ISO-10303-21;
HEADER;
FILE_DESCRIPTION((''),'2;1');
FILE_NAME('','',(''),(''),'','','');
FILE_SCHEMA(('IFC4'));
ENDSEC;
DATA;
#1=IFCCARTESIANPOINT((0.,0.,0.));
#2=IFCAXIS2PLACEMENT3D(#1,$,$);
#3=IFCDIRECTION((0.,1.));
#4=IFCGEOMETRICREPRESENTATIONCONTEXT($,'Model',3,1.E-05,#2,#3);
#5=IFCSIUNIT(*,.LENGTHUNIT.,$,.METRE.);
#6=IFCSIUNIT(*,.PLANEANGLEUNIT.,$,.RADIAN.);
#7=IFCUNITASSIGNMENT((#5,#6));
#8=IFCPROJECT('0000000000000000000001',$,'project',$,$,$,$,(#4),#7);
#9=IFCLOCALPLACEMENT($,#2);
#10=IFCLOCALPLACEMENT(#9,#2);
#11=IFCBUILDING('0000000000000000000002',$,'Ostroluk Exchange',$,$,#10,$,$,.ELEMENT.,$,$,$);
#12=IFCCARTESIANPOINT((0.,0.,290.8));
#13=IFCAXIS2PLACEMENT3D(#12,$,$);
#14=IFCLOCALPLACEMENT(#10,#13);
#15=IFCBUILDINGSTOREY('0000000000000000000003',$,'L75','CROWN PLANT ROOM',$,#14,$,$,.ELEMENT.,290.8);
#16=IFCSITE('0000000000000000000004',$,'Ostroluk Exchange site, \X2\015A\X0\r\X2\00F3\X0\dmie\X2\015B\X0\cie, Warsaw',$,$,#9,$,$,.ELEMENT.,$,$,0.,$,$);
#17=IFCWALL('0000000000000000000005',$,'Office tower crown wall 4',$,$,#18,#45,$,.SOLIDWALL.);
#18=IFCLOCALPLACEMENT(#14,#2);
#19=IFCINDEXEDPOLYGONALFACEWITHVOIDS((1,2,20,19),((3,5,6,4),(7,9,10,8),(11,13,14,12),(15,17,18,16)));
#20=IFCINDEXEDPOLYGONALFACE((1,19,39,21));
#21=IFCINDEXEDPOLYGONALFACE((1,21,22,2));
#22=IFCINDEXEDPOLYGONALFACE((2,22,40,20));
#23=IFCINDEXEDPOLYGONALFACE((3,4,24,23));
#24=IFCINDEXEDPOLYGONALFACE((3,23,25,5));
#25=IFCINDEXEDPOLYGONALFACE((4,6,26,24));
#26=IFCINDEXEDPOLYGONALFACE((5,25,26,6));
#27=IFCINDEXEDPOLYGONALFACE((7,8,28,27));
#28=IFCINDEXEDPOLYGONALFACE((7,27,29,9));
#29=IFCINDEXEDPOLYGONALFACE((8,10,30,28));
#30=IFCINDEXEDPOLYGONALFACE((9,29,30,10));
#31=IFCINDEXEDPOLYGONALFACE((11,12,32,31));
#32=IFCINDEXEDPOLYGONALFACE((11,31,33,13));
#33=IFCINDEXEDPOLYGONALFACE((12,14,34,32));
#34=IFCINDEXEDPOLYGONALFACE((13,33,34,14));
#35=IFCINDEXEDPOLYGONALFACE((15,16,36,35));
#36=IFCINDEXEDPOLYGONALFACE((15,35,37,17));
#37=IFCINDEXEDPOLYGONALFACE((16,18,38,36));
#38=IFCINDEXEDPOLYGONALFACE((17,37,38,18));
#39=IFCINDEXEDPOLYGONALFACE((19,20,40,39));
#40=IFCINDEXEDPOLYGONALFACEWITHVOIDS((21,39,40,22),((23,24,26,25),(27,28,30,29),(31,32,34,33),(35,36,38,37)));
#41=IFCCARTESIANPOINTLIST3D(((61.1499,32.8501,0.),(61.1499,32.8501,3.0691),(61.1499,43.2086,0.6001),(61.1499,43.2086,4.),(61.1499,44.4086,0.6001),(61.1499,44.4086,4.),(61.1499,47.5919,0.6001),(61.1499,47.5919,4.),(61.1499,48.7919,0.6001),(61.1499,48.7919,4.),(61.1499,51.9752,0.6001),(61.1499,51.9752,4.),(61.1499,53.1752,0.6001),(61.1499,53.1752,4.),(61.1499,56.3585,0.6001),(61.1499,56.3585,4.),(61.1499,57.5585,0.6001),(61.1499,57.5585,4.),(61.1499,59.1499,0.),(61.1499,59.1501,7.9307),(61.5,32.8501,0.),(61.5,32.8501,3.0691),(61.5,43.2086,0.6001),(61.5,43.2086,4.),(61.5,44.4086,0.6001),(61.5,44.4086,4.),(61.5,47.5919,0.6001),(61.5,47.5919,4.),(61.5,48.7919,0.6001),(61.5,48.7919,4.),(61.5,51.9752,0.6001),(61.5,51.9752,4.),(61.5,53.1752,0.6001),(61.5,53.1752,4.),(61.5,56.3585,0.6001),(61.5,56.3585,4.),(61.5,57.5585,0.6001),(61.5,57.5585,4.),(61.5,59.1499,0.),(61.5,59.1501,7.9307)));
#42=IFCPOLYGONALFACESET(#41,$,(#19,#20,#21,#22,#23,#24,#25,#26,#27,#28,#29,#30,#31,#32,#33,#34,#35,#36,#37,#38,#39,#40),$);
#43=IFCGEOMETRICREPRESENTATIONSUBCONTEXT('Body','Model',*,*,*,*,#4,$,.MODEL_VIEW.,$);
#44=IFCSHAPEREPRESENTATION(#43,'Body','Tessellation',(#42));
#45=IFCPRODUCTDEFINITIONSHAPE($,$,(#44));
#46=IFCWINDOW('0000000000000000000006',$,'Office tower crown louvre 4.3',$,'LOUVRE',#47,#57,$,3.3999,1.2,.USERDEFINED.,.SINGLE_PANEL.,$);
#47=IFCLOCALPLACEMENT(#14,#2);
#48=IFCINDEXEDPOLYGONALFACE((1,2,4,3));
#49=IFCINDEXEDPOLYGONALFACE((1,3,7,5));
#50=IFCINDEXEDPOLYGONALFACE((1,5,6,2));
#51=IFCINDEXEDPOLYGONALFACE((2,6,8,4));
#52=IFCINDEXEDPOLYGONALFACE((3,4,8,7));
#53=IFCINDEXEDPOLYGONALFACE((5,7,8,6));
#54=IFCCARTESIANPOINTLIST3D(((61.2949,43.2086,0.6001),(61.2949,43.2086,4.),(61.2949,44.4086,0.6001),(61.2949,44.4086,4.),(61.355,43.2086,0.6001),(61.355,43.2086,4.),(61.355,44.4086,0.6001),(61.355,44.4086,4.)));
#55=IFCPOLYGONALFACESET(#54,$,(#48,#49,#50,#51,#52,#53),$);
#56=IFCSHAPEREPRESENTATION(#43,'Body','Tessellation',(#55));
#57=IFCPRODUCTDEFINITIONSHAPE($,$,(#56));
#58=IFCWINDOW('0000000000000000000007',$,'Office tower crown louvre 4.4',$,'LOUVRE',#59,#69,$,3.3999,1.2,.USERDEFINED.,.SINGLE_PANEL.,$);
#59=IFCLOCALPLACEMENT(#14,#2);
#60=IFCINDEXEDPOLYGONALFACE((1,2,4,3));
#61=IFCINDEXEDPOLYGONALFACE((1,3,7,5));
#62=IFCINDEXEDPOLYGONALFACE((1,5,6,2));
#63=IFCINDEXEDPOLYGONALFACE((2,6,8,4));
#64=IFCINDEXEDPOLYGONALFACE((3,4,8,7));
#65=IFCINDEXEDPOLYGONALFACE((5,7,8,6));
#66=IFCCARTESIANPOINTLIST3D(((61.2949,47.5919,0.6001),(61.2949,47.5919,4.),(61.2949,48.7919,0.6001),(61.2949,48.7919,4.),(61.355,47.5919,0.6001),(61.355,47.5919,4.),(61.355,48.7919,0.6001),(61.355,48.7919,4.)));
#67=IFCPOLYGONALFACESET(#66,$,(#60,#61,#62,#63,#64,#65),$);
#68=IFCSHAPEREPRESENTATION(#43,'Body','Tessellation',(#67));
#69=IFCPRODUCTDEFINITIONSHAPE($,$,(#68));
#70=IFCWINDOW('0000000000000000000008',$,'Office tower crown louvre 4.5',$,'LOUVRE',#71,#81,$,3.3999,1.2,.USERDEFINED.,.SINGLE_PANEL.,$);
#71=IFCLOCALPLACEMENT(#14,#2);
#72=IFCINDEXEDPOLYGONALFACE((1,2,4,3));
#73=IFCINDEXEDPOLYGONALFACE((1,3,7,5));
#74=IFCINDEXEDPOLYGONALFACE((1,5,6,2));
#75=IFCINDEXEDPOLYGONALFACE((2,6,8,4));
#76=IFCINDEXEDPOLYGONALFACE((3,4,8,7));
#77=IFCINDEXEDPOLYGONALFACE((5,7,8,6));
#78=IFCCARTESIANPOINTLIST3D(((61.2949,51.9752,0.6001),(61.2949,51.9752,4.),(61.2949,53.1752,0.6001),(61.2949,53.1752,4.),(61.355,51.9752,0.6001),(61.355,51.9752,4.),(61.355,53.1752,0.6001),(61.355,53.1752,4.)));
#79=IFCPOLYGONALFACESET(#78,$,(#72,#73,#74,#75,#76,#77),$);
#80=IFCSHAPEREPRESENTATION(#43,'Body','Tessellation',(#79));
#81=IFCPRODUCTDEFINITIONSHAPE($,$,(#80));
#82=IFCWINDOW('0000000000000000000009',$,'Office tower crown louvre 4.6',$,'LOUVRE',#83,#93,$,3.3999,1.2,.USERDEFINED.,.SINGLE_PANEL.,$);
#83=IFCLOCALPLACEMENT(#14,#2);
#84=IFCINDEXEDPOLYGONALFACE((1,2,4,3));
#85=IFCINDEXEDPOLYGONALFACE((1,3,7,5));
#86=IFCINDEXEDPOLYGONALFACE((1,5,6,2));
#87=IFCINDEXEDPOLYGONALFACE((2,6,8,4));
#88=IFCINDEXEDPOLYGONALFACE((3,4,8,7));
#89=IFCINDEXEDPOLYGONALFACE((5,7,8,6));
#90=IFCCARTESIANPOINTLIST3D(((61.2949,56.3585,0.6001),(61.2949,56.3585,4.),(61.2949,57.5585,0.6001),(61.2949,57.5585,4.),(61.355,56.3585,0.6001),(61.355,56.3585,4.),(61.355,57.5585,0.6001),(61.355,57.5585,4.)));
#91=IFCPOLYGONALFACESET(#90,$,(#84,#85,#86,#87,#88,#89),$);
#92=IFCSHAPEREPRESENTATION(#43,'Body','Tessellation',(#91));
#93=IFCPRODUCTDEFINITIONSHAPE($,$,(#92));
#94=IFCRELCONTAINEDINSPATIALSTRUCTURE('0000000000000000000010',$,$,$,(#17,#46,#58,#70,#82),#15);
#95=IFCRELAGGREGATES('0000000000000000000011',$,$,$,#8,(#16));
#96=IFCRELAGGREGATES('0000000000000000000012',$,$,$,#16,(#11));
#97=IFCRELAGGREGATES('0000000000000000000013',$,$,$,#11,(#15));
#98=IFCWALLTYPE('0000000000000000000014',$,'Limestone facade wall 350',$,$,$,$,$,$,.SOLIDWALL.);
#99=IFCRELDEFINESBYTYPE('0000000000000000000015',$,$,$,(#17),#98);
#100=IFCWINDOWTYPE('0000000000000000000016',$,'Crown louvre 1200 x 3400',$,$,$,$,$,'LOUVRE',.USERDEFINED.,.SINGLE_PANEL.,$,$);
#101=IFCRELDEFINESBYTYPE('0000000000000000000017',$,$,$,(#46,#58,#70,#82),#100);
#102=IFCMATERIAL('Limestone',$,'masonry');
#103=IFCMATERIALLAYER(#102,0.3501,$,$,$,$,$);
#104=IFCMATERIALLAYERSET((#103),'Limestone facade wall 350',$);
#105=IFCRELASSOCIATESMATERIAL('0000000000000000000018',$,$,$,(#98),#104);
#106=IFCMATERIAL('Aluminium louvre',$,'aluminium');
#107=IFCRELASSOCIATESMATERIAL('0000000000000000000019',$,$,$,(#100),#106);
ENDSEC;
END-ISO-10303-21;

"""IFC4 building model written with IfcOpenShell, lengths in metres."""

from ifc_helpers import new_model, si_unit, direction, frame, frame_2d, origin, place, context, subcontext, project, spatial, polyline, rectangle, outline, extrude, material, layer, layer_set, type_object, element, fill, save


model = new_model("IFC4")

# Units and contexts
model_context = context("Model", 3, precision=1e-05, world=origin(), true_north=direction((0.0, 1.0)))
body_context = subcontext(model_context, "Body", "Model", "MODEL_VIEW")
ifc_project = project(units=[si_unit("LENGTHUNIT", "METRE"), si_unit("PLANEANGLEUNIT", "RADIAN")], contexts=[model_context])

# Site, building, storey
site_placement = place(None, origin())
site = spatial("IfcSite", under=ifc_project, at=site_placement, Name="Ostroluk Exchange site, Śródmieście, Warsaw", CompositionType="ELEMENT", RefElevation=0.0)
building_placement = place(site_placement, origin())
building = spatial("IfcBuilding", under=site, at=building_placement, Name="Ostroluk Exchange", CompositionType="ELEMENT")
storey_placement = place(building_placement, frame((0.0, 0.0, 290.8)))
storey = spatial("IfcBuildingStorey", under=building, at=storey_placement, Name="L75", Description="CROWN PLANT ROOM", CompositionType="ELEMENT", Elevation=290.8)

# Shared definitions
ifc_material_1 = material(Name="Limestone", Category="masonry")
ifc_layer_1 = layer(ifc_material_1, 0.3501)
ifc_layer_set_1 = layer_set([ifc_layer_1], Name="Limestone facade wall 350")
wall_type_1 = type_object("IfcWallType", Name="Limestone facade wall 350", PredefinedType="SOLIDWALL", material=ifc_layer_set_1)

# Wall, openings, windows
wall_1_placement = place(storey_placement, frame((61.325, 32.8501, 0.0), z_axis=(0.0, 0.0, 1.0), x_axis=(0.0, 1.0, 0.0)))
wall_1 = element("IfcWall", 1, at=wall_1_placement, inside=storey, type_object=wall_type_1, Name="Office tower crown wall 4", PredefinedType="SOLIDWALL", context=body_context, shape_type="SweptSolid", body=[
    extrude(outline(polyline([(0.0, 0.0), (26.2998, 0.0), (26.3, 7.9307), (0.0, 3.0691), (0.0, 0.0)])), frame((0.0, 0.175, 0.0), z_axis=(0.0, -1.0, 0.0), x_axis=(1.0, 0.0, 0.0)), (0.0, 0.0, 1.0), 0.3501),
])
opening_1_placement = place(wall_1_placement, frame((10.3584, 0.0, 0.6001)))
opening_1 = element("IfcOpeningElement", 2, at=opening_1_placement, cuts=wall_1, PredefinedType="OPENING", context=body_context, shape_type="SweptSolid", body=[
    extrude(rectangle(XDim=1.2, YDim=3.3999, at=frame_2d((0.6001, 1.7))), frame((0.0, 0.1851, 0.0), z_axis=(0.0, -1.0, 0.0), x_axis=(1.0, 0.0, 0.0)), (0.0, 0.0, 1.0), 0.3701),
])
opening_2_placement = place(wall_1_placement, frame((14.7417, 0.0, 0.6001)))
opening_2 = element("IfcOpeningElement", 3, at=opening_2_placement, cuts=wall_1, PredefinedType="OPENING", context=body_context, shape_type="SweptSolid", body=[
    extrude(rectangle(XDim=1.2, YDim=3.3999, at=frame_2d((0.6001, 1.7))), frame((0.0, 0.1851, 0.0), z_axis=(0.0, -1.0, 0.0), x_axis=(1.0, 0.0, 0.0)), (0.0, 0.0, 1.0), 0.3701),
])
opening_3_placement = place(wall_1_placement, frame((19.125, 0.0, 0.6001)))
opening_3 = element("IfcOpeningElement", 4, at=opening_3_placement, cuts=wall_1, PredefinedType="OPENING", context=body_context, shape_type="SweptSolid", body=[
    extrude(rectangle(XDim=1.2, YDim=3.3999, at=frame_2d((0.6001, 1.7))), frame((0.0, 0.1851, 0.0), z_axis=(0.0, -1.0, 0.0), x_axis=(1.0, 0.0, 0.0)), (0.0, 0.0, 1.0), 0.3701),
])
opening_4_placement = place(wall_1_placement, frame((23.5083, 0.0, 0.6001)))
opening_4 = element("IfcOpeningElement", 5, at=opening_4_placement, cuts=wall_1, PredefinedType="OPENING", context=body_context, shape_type="SweptSolid", body=[
    extrude(rectangle(XDim=1.2, YDim=3.3999, at=frame_2d((0.6001, 1.7))), frame((0.0, 0.1851, 0.0), z_axis=(0.0, -1.0, 0.0), x_axis=(1.0, 0.0, 0.0)), (0.0, 0.0, 1.0), 0.3701),
])
ifc_material_2 = material(Name="Aluminium louvre", Category="aluminium")
window_type = type_object("IfcWindowType", Name="Crown louvre 1200 x 3400", ElementType="LOUVRE", PartitioningType="SINGLE_PANEL", PredefinedType="USERDEFINED", material=ifc_material_2)
window_1_placement = place(opening_1_placement, origin())
window_1 = element("IfcWindow", 6, at=window_1_placement, inside=storey, type_object=window_type, Name="Office tower crown louvre 4.3", ObjectType="LOUVRE", OverallHeight=3.3999, OverallWidth=1.2, PartitioningType="SINGLE_PANEL", PredefinedType="USERDEFINED", context=body_context, shape_type="SweptSolid", body=[
    extrude(rectangle(XDim=1.2, YDim=3.3999, at=frame_2d((0.6001, 1.7))), frame((0.0, 0.03, 0.0), z_axis=(0.0, -1.0, 0.0), x_axis=(1.0, 0.0, 0.0)), (0.0, 0.0, 1.0), 0.0601),
])
fill(opening_1, window_1)
window_2_placement = place(opening_2_placement, origin())
window_2 = element("IfcWindow", 7, at=window_2_placement, inside=storey, type_object=window_type, Name="Office tower crown louvre 4.4", ObjectType="LOUVRE", OverallHeight=3.3999, OverallWidth=1.2, PartitioningType="SINGLE_PANEL", PredefinedType="USERDEFINED", context=body_context, shape_type="SweptSolid", body=[
    extrude(rectangle(XDim=1.2, YDim=3.3999, at=frame_2d((0.6001, 1.7))), frame((0.0, 0.03, 0.0), z_axis=(0.0, -1.0, 0.0), x_axis=(1.0, 0.0, 0.0)), (0.0, 0.0, 1.0), 0.0601),
])
fill(opening_2, window_2)
window_3_placement = place(opening_3_placement, origin())
window_3 = element("IfcWindow", 8, at=window_3_placement, inside=storey, type_object=window_type, Name="Office tower crown louvre 4.5", ObjectType="LOUVRE", OverallHeight=3.3999, OverallWidth=1.2, PartitioningType="SINGLE_PANEL", PredefinedType="USERDEFINED", context=body_context, shape_type="SweptSolid", body=[
    extrude(rectangle(XDim=1.2, YDim=3.3999, at=frame_2d((0.6001, 1.7))), frame((0.0, 0.03, 0.0), z_axis=(0.0, -1.0, 0.0), x_axis=(1.0, 0.0, 0.0)), (0.0, 0.0, 1.0), 0.0601),
])
fill(opening_3, window_3)
window_4_placement = place(opening_4_placement, origin())
window_4 = element("IfcWindow", 9, at=window_4_placement, inside=storey, type_object=window_type, Name="Office tower crown louvre 4.6", ObjectType="LOUVRE", OverallHeight=3.3999, OverallWidth=1.2, PartitioningType="SINGLE_PANEL", PredefinedType="USERDEFINED", context=body_context, shape_type="SweptSolid", body=[
    extrude(rectangle(XDim=1.2, YDim=3.3999, at=frame_2d((0.6001, 1.7))), frame((0.0, 0.03, 0.0), z_axis=(0.0, -1.0, 0.0), x_axis=(1.0, 0.0, 0.0)), (0.0, 0.0, 1.0), 0.0601),
])
fill(opening_4, window_4)

save(model, "model.ifc")
